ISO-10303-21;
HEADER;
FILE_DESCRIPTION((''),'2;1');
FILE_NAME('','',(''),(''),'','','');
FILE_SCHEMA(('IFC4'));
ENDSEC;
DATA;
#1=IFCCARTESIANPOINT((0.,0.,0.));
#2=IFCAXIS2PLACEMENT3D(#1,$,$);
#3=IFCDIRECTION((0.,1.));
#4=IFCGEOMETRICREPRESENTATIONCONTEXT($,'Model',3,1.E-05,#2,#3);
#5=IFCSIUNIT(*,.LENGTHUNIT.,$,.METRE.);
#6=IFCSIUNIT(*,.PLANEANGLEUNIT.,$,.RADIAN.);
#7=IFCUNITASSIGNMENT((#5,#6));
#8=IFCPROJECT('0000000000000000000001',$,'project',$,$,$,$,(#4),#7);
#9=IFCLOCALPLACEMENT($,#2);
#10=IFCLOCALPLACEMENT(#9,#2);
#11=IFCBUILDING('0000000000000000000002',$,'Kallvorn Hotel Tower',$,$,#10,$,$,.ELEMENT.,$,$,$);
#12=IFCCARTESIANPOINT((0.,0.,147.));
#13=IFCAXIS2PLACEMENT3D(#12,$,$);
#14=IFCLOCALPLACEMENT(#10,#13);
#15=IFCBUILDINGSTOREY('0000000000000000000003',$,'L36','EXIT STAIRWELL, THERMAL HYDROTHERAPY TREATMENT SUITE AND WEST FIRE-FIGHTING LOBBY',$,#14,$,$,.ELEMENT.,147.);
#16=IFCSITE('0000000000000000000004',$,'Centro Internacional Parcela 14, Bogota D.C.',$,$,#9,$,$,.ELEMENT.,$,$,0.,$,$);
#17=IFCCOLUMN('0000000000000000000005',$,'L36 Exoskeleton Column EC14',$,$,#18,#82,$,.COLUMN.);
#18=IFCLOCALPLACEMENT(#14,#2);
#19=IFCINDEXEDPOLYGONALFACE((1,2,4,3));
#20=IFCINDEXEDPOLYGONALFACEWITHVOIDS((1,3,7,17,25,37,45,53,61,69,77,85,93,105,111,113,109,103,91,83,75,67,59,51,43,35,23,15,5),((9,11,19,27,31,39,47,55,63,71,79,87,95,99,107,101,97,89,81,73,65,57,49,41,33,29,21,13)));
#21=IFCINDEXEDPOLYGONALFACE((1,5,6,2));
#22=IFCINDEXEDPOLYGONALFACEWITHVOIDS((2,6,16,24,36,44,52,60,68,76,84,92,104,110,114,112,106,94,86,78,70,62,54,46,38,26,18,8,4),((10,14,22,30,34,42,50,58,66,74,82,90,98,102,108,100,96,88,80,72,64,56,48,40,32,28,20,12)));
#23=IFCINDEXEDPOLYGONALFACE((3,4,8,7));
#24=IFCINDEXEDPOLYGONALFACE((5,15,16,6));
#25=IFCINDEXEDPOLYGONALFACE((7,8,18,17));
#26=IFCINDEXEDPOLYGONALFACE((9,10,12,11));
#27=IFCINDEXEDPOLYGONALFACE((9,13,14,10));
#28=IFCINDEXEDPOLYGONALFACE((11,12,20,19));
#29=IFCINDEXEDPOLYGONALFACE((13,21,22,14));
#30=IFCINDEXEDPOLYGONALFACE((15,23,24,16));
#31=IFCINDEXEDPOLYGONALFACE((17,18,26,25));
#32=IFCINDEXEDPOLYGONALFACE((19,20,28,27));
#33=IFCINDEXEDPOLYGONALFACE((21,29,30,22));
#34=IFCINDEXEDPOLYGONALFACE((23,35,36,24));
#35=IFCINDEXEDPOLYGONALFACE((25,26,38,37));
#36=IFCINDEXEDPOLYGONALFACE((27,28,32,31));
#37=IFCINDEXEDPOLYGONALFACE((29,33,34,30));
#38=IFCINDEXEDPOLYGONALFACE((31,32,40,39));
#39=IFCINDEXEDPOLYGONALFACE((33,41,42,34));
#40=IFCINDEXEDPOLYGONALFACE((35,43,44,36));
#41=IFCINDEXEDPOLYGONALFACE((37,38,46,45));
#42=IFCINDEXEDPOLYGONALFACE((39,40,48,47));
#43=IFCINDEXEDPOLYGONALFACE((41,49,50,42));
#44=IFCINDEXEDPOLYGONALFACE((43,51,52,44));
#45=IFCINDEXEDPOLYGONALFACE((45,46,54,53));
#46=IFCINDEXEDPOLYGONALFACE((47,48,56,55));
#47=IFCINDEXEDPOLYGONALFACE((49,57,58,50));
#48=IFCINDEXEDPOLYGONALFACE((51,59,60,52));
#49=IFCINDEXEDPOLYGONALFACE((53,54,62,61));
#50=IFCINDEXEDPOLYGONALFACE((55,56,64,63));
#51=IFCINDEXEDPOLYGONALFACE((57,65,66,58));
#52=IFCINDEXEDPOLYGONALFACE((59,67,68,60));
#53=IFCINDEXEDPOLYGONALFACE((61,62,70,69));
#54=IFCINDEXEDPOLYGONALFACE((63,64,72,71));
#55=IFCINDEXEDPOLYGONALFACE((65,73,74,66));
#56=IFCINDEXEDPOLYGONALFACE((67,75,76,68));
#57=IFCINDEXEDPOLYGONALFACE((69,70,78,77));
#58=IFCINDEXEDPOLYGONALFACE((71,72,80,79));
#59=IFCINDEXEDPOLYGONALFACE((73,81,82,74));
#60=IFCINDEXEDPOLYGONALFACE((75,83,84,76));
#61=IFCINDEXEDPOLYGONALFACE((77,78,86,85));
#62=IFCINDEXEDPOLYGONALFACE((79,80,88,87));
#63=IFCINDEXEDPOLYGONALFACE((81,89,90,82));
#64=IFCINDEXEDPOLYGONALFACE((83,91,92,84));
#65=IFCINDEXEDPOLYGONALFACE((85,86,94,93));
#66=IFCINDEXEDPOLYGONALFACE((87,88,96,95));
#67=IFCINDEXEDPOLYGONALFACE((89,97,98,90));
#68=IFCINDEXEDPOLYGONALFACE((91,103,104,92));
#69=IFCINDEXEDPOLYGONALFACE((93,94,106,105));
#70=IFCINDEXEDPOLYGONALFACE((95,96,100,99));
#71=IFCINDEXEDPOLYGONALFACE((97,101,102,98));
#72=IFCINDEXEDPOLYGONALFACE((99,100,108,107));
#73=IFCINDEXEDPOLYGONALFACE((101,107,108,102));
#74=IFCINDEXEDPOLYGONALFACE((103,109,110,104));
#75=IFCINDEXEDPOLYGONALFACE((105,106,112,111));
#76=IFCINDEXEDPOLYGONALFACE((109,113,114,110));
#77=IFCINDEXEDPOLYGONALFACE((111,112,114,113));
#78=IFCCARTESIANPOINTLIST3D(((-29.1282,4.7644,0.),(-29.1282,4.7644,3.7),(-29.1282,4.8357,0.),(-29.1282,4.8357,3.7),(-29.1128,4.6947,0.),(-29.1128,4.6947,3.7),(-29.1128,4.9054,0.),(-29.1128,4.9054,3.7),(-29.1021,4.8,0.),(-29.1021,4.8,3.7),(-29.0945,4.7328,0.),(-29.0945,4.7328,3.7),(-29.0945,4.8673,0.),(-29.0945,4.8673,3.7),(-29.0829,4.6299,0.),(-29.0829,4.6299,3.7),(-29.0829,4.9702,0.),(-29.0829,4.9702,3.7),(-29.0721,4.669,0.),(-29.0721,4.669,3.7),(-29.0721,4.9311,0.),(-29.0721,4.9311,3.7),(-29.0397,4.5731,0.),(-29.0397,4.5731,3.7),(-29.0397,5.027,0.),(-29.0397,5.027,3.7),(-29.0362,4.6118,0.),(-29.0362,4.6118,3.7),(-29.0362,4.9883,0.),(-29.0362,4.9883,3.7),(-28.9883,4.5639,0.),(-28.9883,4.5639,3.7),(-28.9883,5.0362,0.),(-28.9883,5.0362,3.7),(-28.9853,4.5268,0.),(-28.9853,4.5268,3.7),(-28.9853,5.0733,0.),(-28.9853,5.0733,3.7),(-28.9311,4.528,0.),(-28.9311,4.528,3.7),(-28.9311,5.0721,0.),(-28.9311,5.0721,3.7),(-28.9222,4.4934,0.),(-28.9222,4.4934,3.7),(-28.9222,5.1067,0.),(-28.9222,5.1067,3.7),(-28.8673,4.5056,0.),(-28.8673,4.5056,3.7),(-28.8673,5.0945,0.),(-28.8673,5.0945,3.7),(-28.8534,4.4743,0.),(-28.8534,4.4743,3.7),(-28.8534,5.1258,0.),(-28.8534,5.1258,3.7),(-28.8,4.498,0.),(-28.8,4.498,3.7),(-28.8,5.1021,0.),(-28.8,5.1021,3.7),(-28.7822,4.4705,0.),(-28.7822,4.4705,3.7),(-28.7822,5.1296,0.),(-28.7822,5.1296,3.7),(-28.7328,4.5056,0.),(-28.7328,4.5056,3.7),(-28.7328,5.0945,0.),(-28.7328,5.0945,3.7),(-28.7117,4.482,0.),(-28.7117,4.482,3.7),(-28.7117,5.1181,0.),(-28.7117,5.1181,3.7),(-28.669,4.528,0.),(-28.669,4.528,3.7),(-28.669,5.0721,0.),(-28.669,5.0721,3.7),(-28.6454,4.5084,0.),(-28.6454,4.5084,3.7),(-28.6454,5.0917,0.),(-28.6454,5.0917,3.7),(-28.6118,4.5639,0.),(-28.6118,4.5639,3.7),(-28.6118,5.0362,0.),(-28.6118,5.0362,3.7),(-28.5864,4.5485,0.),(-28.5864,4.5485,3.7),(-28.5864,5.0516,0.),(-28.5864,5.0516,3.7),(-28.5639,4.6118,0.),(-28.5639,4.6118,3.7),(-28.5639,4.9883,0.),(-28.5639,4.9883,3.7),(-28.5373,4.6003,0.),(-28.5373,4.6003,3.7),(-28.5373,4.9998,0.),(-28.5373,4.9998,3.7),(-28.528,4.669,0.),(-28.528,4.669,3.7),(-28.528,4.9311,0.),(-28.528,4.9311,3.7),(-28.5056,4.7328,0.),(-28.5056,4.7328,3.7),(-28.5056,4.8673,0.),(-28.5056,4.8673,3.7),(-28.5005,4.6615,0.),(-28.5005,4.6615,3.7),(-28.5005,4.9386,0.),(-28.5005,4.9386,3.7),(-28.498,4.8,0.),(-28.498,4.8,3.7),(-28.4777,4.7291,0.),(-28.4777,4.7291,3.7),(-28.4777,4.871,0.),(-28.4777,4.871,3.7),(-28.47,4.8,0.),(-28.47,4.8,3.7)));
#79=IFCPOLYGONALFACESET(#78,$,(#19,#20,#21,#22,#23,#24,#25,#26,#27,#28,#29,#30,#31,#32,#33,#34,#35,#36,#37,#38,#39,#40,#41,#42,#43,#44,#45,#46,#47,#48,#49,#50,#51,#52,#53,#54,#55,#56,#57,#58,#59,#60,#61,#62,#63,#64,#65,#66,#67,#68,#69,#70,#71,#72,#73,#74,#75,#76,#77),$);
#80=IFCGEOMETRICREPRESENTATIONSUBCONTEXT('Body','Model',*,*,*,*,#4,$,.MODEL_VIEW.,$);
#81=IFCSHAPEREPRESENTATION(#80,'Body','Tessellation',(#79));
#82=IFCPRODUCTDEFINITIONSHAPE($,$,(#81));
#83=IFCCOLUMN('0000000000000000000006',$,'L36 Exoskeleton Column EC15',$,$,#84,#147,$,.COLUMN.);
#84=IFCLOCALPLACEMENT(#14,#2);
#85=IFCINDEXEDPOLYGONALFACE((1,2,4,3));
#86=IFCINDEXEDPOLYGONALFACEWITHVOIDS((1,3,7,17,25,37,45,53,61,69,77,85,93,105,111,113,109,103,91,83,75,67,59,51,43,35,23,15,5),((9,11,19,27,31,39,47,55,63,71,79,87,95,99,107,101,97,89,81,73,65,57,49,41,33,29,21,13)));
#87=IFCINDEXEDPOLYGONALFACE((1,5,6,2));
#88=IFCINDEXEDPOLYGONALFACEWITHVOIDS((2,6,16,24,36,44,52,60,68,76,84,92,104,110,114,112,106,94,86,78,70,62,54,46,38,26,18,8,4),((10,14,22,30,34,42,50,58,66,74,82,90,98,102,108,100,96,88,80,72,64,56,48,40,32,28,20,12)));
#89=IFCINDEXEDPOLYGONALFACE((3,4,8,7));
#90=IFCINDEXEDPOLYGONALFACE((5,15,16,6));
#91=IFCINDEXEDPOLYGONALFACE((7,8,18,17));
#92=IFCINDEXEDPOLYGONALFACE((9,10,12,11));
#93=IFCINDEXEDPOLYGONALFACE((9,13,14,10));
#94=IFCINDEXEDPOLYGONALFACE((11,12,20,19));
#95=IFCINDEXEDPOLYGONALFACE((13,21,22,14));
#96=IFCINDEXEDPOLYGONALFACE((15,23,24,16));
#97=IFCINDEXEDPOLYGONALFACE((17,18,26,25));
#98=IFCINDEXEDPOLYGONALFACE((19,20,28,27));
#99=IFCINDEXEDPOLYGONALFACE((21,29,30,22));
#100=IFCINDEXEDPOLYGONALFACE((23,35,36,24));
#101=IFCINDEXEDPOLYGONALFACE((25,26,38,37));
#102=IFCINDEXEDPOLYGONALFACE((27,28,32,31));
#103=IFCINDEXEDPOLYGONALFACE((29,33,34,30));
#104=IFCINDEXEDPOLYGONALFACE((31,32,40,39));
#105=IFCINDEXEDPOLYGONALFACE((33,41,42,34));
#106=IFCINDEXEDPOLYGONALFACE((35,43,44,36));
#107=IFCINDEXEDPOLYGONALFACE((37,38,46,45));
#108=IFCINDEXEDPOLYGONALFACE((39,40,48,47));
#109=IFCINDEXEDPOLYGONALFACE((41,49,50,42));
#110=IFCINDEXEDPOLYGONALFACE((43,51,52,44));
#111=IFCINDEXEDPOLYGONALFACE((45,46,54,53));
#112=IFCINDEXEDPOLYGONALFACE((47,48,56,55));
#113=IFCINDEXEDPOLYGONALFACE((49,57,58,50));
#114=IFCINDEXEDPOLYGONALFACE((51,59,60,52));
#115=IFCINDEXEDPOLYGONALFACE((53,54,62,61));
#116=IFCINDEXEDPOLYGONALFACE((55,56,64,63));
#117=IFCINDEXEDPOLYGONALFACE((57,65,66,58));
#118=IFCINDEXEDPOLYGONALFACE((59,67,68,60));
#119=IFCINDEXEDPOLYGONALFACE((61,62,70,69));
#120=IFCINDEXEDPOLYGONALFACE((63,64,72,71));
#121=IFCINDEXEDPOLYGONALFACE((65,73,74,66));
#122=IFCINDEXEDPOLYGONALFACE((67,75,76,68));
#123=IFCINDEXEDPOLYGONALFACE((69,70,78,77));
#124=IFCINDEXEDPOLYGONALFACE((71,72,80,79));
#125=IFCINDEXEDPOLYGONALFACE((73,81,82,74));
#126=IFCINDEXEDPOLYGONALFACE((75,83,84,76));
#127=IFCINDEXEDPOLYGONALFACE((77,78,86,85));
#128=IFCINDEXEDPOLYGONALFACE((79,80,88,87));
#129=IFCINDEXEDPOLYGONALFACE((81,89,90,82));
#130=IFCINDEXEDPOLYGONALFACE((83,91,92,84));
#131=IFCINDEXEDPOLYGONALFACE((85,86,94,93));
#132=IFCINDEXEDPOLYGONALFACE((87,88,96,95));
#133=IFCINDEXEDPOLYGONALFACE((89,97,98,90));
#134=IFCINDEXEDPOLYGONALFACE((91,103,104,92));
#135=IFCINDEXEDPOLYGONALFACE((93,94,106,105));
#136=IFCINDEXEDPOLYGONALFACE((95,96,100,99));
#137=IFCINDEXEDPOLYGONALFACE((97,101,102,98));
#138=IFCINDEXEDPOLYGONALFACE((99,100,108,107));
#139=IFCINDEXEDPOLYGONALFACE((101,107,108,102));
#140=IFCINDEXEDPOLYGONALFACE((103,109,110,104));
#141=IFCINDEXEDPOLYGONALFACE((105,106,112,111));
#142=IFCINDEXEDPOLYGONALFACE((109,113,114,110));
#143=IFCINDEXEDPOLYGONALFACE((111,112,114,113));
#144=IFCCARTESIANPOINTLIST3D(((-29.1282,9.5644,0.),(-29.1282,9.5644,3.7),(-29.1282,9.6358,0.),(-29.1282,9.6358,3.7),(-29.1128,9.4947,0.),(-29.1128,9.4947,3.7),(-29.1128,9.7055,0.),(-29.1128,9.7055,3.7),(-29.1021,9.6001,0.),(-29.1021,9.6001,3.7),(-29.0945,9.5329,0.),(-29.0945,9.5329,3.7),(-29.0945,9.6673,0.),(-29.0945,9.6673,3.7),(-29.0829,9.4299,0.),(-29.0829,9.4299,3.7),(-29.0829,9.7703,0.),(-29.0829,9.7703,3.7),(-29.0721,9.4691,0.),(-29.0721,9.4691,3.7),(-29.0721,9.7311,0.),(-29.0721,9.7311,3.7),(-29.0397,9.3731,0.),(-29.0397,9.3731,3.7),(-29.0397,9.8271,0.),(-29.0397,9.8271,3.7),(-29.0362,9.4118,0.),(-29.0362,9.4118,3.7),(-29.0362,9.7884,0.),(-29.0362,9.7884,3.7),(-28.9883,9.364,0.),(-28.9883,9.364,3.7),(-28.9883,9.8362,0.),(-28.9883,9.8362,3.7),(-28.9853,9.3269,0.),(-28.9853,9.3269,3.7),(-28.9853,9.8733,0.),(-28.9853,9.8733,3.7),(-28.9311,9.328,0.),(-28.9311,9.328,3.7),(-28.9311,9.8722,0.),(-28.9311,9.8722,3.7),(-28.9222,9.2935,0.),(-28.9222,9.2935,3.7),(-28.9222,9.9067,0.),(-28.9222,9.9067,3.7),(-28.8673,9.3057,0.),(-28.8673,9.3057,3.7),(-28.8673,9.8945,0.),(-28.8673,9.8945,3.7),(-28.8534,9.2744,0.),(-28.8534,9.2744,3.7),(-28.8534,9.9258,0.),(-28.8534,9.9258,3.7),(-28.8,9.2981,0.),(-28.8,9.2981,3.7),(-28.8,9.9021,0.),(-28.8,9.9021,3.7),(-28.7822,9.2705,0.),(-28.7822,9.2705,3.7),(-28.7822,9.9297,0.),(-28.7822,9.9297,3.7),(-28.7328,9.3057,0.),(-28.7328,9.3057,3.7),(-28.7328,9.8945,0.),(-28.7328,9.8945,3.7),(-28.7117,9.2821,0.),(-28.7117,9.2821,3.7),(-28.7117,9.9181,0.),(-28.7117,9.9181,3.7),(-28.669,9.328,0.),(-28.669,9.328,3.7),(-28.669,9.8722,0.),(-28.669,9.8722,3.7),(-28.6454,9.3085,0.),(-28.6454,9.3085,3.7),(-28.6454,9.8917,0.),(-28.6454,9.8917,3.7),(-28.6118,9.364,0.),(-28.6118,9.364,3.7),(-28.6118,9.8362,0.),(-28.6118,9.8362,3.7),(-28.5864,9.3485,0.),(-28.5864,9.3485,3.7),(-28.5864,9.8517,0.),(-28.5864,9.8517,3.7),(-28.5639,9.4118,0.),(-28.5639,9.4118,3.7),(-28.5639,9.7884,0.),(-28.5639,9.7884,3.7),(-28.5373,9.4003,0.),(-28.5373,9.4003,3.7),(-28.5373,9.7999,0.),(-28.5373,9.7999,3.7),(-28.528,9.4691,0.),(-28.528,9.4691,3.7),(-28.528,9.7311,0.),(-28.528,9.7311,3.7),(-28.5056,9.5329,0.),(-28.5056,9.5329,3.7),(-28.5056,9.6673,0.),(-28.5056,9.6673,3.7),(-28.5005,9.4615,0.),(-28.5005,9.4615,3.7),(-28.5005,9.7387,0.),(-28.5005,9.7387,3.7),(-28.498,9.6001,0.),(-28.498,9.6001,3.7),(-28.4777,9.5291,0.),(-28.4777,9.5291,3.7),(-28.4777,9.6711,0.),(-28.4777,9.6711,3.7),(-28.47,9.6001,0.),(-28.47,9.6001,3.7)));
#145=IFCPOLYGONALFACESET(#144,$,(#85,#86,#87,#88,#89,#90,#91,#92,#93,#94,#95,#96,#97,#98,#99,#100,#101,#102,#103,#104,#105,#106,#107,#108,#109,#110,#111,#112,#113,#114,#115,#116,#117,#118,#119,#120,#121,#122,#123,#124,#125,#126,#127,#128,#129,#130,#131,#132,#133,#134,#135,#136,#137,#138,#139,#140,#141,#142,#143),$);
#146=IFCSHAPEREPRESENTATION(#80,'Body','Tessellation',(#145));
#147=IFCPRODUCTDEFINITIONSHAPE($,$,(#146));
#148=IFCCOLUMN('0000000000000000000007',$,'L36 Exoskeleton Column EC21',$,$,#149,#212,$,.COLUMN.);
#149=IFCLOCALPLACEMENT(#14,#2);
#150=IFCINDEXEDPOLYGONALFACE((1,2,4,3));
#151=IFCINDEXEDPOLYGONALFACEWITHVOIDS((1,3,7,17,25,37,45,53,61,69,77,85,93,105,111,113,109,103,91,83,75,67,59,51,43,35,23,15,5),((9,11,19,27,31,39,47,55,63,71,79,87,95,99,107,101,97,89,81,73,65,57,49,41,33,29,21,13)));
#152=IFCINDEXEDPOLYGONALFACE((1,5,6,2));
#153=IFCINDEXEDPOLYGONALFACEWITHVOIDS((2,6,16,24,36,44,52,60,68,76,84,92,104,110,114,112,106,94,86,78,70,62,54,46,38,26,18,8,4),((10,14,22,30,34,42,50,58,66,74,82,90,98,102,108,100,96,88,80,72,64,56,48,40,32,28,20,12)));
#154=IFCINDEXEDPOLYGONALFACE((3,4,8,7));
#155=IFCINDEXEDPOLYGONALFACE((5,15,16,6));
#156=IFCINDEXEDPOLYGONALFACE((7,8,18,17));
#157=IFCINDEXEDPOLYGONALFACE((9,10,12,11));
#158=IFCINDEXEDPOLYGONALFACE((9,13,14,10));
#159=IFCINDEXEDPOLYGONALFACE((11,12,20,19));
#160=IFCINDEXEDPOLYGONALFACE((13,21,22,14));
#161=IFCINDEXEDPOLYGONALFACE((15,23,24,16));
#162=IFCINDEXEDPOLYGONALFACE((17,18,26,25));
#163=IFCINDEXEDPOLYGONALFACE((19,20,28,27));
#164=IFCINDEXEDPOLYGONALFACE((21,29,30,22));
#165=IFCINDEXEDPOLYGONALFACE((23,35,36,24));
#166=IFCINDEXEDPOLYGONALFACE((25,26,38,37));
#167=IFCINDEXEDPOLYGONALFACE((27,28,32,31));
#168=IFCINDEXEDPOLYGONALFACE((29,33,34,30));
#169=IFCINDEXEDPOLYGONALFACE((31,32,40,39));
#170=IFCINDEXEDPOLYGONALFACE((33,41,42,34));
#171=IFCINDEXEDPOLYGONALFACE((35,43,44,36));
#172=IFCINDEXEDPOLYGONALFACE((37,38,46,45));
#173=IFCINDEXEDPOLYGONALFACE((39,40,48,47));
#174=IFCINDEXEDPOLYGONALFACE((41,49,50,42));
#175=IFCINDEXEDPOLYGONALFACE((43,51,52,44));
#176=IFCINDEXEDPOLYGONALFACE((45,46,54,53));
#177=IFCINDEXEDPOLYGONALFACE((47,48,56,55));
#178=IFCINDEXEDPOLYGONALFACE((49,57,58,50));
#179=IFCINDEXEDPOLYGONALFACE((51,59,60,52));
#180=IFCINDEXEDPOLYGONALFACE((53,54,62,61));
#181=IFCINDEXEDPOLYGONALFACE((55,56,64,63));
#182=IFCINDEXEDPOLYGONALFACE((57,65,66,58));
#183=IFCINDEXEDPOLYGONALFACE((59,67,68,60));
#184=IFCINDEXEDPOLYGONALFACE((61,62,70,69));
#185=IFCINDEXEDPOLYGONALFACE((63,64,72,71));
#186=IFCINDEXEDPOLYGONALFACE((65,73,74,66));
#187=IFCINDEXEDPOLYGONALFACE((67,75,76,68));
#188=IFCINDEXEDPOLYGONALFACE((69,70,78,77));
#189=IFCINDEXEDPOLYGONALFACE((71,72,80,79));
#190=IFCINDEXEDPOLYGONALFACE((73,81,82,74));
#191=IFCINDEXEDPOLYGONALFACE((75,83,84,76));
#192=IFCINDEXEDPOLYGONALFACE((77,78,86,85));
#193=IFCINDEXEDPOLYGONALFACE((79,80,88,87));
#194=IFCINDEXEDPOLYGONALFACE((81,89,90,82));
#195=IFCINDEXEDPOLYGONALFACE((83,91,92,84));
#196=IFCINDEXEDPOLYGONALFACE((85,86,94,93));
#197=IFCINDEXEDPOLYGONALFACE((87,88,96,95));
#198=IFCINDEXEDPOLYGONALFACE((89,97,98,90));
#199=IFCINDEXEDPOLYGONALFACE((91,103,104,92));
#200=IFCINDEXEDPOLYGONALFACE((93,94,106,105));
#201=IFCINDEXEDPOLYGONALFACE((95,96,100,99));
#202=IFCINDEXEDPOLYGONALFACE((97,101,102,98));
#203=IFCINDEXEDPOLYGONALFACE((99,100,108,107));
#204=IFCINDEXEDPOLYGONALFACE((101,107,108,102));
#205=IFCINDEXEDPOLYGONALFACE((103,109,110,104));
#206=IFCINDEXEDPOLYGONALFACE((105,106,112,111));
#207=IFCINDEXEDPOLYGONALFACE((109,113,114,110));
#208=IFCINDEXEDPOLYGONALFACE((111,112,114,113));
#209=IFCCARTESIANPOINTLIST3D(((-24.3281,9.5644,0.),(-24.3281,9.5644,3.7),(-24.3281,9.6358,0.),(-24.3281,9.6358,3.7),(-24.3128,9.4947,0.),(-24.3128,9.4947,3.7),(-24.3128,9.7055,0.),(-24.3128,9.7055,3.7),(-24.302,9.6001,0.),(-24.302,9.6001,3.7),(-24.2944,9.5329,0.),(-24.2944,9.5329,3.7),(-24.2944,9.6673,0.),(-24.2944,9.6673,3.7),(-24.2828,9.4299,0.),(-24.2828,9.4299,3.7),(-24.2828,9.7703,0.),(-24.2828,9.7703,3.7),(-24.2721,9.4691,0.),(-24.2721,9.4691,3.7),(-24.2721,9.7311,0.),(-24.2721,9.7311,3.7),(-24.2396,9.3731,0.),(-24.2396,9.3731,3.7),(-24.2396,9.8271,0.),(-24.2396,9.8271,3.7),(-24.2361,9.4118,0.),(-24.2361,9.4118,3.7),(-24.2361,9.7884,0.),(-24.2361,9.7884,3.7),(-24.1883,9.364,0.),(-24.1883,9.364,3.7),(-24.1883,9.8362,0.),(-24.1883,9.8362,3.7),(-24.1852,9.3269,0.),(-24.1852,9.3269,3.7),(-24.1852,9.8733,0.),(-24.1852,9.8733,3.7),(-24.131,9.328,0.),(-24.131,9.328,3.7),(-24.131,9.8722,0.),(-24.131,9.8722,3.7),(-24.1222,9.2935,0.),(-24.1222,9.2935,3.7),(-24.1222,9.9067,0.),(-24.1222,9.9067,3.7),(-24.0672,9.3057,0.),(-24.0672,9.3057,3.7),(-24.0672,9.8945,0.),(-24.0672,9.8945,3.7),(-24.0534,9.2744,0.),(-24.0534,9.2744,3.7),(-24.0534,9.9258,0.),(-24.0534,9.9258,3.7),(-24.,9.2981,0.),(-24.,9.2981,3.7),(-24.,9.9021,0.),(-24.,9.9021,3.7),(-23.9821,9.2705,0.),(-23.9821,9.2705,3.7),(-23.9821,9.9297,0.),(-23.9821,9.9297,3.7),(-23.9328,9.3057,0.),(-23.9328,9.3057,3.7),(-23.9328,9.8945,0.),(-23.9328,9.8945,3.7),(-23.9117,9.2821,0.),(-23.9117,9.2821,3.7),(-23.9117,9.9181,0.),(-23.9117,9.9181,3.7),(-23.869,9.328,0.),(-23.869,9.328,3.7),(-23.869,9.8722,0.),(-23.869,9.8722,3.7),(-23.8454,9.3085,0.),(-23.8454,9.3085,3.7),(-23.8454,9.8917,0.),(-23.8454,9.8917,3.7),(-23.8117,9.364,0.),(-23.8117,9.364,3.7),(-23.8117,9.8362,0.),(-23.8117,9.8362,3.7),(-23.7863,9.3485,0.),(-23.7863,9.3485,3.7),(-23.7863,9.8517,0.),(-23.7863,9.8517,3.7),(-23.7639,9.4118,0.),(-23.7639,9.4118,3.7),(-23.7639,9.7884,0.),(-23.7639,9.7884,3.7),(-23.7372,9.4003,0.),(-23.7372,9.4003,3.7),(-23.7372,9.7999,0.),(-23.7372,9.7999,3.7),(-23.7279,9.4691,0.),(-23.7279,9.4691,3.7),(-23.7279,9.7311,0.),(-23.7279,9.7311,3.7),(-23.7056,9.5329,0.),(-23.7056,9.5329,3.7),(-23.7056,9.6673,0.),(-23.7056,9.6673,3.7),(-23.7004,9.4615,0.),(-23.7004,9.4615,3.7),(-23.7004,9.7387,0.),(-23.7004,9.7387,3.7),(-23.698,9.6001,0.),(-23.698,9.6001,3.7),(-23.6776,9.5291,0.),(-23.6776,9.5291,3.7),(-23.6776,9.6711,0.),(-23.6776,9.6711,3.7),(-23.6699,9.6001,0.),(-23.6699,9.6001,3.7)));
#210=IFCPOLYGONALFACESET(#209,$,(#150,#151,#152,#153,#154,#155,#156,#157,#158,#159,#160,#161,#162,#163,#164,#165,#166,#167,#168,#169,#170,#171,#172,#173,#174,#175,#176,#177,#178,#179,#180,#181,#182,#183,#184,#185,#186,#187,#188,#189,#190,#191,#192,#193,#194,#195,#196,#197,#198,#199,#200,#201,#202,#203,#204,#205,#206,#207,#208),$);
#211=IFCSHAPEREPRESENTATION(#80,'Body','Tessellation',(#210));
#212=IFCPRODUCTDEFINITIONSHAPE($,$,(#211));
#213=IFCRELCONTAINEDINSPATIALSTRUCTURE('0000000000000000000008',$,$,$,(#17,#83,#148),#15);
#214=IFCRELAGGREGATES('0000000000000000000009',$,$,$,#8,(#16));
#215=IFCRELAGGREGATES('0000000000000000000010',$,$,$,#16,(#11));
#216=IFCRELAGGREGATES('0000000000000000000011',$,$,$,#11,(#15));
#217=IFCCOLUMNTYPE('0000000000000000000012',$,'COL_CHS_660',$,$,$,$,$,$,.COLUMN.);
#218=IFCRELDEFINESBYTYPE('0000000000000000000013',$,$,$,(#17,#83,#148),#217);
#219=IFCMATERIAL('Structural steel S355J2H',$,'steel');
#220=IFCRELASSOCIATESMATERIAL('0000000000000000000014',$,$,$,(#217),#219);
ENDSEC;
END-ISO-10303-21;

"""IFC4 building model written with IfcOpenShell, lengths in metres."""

from ifc_helpers import new_model, si_unit, direction, frame, origin, origin_2d, place, context, subcontext, project, spatial, hollow_circle, extrude, material, material_profile, profile_set, type_object, element, save


model = new_model("IFC4")

# Units and contexts
model_context = context("Model", 3, precision=1e-05, world=origin(), true_north=direction((0.0, 1.0)))
body_context = subcontext(model_context, "Body", "Model", "MODEL_VIEW")
ifc_project = project(units=[si_unit("LENGTHUNIT", "METRE"), si_unit("PLANEANGLEUNIT", "RADIAN")], contexts=[model_context])

# Site, building, storey
site_placement = place(None, origin())
site = spatial("IfcSite", under=ifc_project, at=site_placement, Name="Centro Internacional Parcela 14, Bogota D.C.", CompositionType="ELEMENT", RefElevation=0.0)
building_placement = place(site_placement, origin())
building = spatial("IfcBuilding", under=site, at=building_placement, Name="Kallvorn Hotel Tower", CompositionType="ELEMENT")
storey_placement = place(building_placement, frame((0.0, 0.0, 147.0)))
storey = spatial("IfcBuildingStorey", under=building, at=storey_placement, Name="L36", Description="EXIT STAIRWELL, THERMAL HYDROTHERAPY TREATMENT SUITE AND WEST FIRE-FIGHTING LOBBY", CompositionType="ELEMENT", Elevation=147.0)

# Columns
ifc_material_1 = material(Name="Structural steel S355J2H", Category="steel")
ifc_material_profile_1 = material_profile(ifc_material_1, hollow_circle(Radius=0.3301, WallThickness=0.0281, at=origin_2d()), Name="CHS 660x28")
ifc_profile_set_1 = profile_set([ifc_material_profile_1], Name="Structural steel S355J2H")
column_type_1 = type_object("IfcColumnType", Name="COL_CHS_660", PredefinedType="COLUMN", material=ifc_profile_set_1)
for number, where, z_axis, x_axis, name in (
    (1, (-28.8, 4.8, 0.0), (0.0, 0.0, 1.0), (1.0, 0.0, 0.0), "L36 Exoskeleton Column EC14"),
    (2, (-28.8, 9.6001, 0.0), (0.0, 0.0, 1.0), (1.0, 0.0, 0.0), "L36 Exoskeleton Column EC15"),
    (3, (-24.0, 9.6001, 0.0), (0.0, 0.0, 1.0), (1.0, 0.0, 0.0), "L36 Exoskeleton Column EC21"),
):
    element("IfcColumn", number, at=place(storey_placement, frame(where, z_axis=z_axis, x_axis=x_axis)), inside=storey, type_object=column_type_1, Name=name, PredefinedType="COLUMN", context=body_context, shape_type="SweptSolid", body=[
        extrude(hollow_circle(Radius=0.3301, WallThickness=0.0281, at=origin_2d()), origin(), (0.0, 0.0, 1.0), 3.7),
    ])

save(model, "model.ifc")
